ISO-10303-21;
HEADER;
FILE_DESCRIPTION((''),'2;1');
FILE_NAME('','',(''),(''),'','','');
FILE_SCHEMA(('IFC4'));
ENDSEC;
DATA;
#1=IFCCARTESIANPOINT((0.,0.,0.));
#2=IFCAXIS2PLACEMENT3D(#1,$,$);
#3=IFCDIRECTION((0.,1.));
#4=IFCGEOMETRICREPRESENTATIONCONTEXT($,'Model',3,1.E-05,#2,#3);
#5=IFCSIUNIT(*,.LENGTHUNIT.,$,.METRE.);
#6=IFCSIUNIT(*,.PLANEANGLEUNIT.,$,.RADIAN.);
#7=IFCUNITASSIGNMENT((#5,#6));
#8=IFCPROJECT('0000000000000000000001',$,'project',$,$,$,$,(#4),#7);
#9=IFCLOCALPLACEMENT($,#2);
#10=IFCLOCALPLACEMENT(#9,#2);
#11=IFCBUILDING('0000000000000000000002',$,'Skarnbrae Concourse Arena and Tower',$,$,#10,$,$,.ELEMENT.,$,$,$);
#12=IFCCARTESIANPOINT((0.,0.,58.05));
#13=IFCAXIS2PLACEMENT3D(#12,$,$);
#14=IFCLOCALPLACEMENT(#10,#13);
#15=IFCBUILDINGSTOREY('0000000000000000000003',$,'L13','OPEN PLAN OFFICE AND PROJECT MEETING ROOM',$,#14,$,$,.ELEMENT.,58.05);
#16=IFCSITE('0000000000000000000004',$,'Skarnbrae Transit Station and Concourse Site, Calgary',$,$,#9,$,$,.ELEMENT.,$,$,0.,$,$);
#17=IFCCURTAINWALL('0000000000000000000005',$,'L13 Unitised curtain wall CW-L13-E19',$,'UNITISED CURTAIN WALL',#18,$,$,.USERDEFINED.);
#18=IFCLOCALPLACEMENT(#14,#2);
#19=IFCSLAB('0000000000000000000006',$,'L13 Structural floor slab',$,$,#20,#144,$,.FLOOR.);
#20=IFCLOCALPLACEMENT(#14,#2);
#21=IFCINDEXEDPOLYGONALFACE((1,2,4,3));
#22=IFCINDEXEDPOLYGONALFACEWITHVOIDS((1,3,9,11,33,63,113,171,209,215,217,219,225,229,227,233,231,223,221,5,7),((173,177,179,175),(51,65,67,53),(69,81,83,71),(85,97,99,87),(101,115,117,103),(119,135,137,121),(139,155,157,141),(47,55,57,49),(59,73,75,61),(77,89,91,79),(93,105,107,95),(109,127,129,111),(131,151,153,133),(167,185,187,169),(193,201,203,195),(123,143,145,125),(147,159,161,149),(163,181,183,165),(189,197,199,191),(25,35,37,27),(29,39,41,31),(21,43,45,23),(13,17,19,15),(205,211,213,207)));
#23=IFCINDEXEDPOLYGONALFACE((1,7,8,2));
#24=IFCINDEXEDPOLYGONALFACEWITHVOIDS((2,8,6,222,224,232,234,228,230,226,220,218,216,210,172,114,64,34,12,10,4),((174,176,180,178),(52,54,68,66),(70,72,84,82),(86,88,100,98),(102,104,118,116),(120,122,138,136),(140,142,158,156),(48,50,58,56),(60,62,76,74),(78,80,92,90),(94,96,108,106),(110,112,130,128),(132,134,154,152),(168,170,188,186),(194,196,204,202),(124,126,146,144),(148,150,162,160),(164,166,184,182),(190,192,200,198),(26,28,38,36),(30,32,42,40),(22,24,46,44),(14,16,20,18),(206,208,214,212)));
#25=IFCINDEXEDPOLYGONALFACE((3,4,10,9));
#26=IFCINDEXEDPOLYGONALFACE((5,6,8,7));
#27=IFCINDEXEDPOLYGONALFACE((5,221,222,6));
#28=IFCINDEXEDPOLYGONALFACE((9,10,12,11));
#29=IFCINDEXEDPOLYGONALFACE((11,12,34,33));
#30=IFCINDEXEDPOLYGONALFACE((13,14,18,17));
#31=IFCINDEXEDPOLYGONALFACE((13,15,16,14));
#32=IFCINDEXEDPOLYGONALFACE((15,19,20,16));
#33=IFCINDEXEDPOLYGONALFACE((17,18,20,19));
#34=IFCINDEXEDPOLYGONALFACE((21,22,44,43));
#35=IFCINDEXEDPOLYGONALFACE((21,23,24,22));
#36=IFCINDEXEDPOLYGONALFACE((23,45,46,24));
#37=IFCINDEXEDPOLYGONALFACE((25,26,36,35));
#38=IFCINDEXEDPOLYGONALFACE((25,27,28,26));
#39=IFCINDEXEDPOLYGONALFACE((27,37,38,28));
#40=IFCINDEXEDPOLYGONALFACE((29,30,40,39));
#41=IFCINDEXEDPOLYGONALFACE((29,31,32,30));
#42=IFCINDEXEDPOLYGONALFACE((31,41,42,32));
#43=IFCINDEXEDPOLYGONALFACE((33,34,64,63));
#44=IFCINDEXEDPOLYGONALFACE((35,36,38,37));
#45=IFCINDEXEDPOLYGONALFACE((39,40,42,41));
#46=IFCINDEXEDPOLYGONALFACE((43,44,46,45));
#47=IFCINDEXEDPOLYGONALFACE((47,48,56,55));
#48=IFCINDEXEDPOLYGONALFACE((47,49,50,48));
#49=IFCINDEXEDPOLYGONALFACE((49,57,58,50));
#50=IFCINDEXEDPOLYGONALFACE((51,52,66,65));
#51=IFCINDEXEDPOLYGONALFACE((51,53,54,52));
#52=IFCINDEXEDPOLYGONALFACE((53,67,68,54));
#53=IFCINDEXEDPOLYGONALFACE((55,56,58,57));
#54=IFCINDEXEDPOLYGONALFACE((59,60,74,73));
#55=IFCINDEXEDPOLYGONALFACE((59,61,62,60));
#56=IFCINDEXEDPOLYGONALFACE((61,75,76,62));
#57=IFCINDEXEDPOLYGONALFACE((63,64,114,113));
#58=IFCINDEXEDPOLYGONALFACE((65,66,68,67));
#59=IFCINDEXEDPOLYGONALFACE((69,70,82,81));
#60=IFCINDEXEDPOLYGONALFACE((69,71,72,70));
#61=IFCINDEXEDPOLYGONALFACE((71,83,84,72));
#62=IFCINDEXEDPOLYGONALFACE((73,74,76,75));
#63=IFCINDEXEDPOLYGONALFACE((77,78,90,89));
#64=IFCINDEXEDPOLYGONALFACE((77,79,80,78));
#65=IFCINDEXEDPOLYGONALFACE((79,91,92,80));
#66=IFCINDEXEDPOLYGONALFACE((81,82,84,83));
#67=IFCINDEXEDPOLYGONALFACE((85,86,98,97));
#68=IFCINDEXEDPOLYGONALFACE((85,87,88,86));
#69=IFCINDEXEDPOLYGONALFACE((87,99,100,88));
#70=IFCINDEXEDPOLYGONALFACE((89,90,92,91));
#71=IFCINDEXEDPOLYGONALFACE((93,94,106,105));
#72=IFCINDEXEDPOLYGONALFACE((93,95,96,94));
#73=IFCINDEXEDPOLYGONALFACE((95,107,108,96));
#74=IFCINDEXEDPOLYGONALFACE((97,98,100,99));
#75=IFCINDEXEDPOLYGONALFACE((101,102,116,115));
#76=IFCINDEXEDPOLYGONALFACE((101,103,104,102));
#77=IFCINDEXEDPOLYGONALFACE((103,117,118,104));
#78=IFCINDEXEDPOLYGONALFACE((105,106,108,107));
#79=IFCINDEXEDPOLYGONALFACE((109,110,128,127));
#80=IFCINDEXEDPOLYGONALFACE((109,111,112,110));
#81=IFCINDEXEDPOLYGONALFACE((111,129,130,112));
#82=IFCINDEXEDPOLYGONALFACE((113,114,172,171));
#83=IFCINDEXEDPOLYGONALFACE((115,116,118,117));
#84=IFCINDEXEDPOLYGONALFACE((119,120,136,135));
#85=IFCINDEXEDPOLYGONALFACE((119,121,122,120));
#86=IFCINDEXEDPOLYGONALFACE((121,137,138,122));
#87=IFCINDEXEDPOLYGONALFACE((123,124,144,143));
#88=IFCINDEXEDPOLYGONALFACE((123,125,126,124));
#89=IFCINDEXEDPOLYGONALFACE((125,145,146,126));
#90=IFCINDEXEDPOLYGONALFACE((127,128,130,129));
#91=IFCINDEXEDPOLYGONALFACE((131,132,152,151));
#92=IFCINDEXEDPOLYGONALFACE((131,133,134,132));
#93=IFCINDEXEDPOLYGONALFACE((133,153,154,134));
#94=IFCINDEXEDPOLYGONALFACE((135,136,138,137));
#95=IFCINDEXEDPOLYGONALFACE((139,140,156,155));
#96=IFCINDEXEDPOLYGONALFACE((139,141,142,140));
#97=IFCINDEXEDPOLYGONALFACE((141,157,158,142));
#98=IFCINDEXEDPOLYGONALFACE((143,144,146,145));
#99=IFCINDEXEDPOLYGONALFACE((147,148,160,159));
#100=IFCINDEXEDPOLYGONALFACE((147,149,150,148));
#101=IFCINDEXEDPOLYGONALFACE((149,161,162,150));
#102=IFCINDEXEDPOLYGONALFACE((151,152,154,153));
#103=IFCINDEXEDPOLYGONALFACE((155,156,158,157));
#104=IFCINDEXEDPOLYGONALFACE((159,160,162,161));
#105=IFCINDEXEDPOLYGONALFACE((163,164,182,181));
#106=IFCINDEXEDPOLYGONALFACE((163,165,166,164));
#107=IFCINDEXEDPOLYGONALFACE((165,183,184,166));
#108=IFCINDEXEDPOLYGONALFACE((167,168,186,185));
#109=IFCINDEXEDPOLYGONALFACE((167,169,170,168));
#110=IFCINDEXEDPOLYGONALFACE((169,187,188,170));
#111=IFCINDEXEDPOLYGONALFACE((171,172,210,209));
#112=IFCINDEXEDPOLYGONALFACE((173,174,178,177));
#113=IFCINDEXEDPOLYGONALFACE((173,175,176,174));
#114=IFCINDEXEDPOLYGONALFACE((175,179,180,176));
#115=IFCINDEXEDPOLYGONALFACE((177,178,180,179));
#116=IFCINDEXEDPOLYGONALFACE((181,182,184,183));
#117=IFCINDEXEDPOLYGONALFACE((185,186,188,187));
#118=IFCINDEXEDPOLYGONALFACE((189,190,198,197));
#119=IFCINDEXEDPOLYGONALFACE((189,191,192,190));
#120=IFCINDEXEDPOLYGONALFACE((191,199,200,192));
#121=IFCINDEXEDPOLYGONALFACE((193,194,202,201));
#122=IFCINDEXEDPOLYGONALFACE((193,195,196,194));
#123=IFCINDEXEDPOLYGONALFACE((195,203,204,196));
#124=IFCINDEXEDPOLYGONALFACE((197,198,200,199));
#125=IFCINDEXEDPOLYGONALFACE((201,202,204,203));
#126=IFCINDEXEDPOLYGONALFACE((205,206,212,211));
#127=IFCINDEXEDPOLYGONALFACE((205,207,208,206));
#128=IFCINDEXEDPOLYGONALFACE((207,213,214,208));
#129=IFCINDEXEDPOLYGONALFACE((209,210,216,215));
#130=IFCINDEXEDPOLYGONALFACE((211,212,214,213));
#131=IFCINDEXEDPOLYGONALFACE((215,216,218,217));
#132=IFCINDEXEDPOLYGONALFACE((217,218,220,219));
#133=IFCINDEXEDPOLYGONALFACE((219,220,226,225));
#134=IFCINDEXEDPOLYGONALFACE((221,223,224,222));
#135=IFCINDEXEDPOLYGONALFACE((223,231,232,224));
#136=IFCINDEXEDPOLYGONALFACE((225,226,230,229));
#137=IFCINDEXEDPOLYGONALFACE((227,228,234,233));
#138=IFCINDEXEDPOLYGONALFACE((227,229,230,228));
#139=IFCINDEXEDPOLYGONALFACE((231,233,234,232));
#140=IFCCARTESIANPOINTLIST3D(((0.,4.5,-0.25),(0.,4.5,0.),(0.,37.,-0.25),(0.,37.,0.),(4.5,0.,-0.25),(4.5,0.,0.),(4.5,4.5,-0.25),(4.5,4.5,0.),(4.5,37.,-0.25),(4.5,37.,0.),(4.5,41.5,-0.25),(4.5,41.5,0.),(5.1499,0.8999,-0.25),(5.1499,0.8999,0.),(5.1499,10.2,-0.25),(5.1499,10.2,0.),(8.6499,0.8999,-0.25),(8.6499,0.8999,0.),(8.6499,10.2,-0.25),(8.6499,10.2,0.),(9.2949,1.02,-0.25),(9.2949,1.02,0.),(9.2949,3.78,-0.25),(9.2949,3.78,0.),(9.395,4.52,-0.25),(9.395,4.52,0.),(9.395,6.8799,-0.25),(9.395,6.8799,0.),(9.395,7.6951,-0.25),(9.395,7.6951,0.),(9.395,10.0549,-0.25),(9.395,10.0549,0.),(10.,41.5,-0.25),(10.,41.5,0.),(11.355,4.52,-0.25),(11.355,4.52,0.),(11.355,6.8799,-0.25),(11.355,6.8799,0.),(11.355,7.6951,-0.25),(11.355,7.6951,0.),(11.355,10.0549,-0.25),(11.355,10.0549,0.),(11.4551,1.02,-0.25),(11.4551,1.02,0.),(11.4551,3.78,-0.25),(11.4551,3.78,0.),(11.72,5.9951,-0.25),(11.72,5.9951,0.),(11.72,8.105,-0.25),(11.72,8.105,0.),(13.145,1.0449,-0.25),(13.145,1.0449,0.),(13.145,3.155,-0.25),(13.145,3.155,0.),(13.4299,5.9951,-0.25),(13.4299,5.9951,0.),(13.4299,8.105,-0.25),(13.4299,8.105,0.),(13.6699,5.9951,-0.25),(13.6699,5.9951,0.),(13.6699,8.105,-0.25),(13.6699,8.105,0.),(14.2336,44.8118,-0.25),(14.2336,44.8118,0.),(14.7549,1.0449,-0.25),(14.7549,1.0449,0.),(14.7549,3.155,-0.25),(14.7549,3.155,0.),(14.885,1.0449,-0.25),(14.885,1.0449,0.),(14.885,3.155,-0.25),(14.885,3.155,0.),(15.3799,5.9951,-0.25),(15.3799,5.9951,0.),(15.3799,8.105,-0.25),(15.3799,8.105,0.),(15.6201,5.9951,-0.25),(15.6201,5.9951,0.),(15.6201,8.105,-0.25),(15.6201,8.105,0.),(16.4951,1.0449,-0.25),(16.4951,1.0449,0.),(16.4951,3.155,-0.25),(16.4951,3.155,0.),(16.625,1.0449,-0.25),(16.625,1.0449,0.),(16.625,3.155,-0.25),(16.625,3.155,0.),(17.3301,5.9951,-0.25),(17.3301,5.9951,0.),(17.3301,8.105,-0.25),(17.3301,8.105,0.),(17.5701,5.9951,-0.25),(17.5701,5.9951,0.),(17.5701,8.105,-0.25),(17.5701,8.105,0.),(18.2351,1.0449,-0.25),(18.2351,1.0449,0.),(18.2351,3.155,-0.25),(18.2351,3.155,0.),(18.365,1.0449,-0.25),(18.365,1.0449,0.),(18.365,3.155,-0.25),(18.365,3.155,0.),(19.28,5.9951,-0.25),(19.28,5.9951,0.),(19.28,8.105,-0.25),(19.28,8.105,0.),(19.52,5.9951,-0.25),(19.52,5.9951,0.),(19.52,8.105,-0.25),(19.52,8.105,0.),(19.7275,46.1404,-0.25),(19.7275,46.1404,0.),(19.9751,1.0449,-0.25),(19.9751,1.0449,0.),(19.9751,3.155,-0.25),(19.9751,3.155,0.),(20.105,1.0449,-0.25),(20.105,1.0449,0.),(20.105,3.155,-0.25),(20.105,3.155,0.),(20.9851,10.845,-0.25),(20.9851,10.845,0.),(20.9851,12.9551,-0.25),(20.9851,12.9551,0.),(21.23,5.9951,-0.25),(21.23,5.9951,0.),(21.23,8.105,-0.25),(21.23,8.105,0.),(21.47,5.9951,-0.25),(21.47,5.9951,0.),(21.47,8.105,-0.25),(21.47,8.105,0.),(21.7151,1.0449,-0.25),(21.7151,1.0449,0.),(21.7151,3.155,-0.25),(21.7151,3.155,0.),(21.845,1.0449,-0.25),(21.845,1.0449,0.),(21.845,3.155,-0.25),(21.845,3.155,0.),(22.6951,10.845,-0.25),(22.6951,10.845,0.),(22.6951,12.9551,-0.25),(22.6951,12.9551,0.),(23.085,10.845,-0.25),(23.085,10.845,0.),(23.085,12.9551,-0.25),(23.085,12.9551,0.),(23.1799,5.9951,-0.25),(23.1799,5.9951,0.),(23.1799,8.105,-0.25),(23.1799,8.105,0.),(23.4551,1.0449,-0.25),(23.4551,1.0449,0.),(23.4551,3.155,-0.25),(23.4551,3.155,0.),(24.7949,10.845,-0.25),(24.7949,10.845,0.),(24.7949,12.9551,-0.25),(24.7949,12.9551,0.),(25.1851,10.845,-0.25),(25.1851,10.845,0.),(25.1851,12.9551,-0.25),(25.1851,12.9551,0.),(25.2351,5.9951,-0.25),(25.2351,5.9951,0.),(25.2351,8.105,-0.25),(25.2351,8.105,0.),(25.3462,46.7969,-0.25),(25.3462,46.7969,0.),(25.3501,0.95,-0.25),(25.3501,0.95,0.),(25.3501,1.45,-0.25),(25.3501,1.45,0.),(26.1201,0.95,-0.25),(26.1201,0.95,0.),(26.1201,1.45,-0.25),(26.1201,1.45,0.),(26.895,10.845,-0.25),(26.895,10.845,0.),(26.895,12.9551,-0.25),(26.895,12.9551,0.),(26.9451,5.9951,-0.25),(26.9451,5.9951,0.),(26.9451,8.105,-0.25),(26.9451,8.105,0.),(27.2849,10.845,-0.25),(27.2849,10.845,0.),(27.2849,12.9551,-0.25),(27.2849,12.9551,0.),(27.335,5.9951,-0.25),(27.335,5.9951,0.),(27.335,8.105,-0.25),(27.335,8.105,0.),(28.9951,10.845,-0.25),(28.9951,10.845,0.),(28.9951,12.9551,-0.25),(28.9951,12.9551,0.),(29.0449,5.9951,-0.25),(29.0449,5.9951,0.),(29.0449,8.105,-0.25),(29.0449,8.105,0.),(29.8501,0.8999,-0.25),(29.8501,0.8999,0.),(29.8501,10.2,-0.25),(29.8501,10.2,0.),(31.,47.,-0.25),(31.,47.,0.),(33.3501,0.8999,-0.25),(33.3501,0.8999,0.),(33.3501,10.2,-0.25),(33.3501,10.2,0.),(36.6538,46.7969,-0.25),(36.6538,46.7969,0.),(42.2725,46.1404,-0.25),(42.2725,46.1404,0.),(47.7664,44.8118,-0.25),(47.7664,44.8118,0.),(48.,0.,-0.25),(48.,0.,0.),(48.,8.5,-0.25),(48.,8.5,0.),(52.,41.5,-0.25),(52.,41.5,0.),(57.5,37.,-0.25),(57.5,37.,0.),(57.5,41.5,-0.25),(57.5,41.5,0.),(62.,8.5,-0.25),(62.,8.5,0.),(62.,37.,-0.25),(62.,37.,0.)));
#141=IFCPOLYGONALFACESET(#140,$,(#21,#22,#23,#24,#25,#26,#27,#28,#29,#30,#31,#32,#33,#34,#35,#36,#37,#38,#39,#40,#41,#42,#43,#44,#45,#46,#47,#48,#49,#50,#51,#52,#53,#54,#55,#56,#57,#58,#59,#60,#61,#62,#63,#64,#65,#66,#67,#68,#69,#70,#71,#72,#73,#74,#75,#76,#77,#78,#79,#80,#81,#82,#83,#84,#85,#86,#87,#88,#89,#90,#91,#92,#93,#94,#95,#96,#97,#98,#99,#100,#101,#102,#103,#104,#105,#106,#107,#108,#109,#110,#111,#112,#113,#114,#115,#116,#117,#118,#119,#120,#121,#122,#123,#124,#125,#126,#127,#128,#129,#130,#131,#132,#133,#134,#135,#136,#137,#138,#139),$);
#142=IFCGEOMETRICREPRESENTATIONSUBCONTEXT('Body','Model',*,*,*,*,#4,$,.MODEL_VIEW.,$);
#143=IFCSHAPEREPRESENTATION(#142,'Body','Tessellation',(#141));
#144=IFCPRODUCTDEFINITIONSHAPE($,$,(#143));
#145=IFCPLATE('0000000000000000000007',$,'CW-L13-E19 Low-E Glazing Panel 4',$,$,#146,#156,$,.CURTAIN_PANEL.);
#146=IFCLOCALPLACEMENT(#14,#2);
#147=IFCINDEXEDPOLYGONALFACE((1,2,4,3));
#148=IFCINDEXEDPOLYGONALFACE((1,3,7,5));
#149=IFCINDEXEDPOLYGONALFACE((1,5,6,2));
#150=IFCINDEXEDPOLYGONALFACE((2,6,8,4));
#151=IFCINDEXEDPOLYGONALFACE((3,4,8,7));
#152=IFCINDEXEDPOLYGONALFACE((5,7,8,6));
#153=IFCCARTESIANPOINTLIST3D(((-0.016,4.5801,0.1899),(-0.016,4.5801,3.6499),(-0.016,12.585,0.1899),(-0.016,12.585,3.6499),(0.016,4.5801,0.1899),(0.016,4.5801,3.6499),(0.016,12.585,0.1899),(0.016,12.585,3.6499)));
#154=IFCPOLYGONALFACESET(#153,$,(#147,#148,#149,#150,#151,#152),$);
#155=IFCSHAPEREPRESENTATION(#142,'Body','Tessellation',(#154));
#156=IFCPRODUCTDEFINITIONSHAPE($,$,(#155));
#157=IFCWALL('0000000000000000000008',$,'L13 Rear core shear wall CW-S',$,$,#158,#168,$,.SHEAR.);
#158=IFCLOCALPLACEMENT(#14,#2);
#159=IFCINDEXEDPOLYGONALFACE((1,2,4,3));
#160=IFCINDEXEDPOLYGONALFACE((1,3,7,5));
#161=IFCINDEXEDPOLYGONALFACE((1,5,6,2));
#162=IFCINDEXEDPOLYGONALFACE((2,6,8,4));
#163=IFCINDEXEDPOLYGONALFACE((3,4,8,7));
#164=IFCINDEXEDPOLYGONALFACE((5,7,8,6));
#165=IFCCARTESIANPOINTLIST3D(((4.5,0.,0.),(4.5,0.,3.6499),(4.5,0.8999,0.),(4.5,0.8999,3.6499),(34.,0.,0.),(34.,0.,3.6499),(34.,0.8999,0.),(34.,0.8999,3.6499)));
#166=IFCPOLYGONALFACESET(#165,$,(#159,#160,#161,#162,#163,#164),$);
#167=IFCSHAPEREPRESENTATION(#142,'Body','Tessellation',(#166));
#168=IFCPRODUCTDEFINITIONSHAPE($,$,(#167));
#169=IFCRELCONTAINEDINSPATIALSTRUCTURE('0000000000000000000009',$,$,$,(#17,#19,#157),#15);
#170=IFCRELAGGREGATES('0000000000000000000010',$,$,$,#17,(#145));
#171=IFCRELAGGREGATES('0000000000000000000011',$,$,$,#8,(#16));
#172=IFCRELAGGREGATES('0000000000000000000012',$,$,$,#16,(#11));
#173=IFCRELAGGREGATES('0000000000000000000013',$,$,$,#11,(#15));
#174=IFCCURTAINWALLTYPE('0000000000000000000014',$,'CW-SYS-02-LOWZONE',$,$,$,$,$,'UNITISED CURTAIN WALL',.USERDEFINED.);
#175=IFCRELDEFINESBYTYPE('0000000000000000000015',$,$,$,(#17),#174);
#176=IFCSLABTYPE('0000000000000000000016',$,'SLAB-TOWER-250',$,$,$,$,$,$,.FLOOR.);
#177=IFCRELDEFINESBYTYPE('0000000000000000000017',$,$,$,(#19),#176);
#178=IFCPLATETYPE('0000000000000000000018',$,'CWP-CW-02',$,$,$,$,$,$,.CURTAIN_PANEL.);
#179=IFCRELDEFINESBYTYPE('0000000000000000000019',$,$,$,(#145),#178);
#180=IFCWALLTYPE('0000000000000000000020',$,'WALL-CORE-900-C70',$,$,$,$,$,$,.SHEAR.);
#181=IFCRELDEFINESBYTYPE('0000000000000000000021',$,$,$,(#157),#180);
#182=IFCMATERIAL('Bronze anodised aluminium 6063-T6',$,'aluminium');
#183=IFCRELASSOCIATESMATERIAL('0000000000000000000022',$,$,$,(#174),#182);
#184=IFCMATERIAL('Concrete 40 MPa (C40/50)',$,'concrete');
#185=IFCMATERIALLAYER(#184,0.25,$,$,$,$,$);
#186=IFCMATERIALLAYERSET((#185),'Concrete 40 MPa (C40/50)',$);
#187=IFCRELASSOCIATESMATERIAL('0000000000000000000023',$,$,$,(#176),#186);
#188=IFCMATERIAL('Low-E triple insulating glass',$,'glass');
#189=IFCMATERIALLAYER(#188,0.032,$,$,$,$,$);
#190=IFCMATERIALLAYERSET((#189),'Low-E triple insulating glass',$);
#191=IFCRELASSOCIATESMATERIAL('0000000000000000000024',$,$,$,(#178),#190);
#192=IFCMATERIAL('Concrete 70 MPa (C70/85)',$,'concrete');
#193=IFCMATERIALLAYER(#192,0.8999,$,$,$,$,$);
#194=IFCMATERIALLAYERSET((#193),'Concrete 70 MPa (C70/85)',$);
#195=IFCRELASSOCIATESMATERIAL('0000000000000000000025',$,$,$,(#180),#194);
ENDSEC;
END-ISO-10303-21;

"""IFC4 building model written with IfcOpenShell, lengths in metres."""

from ifc_helpers import new_model, si_unit, direction, frame, frame_2d, origin, origin_2d, place, context, subcontext, project, spatial, polyline, rectangle, outline, extrude, source, transform, mapped, material, layer, layer_set, type_object, element, aggregate, save


model = new_model("IFC4")

# Units and contexts
model_context = context("Model", 3, precision=1e-05, world=origin(), true_north=direction((0.0, 1.0)))
body_context = subcontext(model_context, "Body", "Model", "MODEL_VIEW")
ifc_project = project(units=[si_unit("LENGTHUNIT", "METRE"), si_unit("PLANEANGLEUNIT", "RADIAN")], contexts=[model_context])

# Site, building, storey
site_placement = place(None, origin())
site = spatial("IfcSite", under=ifc_project, at=site_placement, Name="Skarnbrae Transit Station and Concourse Site, Calgary", CompositionType="ELEMENT", RefElevation=0.0)
building_placement = place(site_placement, origin())
building = spatial("IfcBuilding", under=site, at=building_placement, Name="Skarnbrae Concourse Arena and Tower", CompositionType="ELEMENT")
storey_placement = place(building_placement, frame((0.0, 0.0, 58.05)))
storey = spatial("IfcBuildingStorey", under=building, at=storey_placement, Name="L13", Description="OPEN PLAN OFFICE AND PROJECT MEETING ROOM", CompositionType="ELEMENT", Elevation=58.05)

# Curtain wall
ifc_material_1 = material(Name="Bronze anodised aluminium 6063-T6", Category="aluminium")
curtain_wall_type = type_object("IfcCurtainWallType", Name="CW-SYS-02-LOWZONE", ElementType="UNITISED CURTAIN WALL", PredefinedType="USERDEFINED", material=ifc_material_1)
curtain_wall_placement = place(storey_placement, origin())
curtain_wall = element("IfcCurtainWall", 1, at=curtain_wall_placement, inside=storey, type_object=curtain_wall_type, Name="L13 Unitised curtain wall CW-L13-E19", ObjectType="UNITISED CURTAIN WALL", PredefinedType="USERDEFINED")

# Shared definitions
ifc_material_2 = material(Name="Concrete 40 MPa (C40/50)", Category="concrete")

# Slab
ifc_layer_1 = layer(ifc_material_2, 0.25)
ifc_layer_set_1 = layer_set([ifc_layer_1], Name="Concrete 40 MPa (C40/50)")
slab_type_1 = type_object("IfcSlabType", Name="SLAB-TOWER-250", PredefinedType="FLOOR", material=ifc_layer_set_1)
slab_1_placement = place(storey_placement, frame((0.0, 0.0, -0.25)))
element("IfcSlab", 2, at=slab_1_placement, inside=storey, type_object=slab_type_1, Name="L13 Structural floor slab", PredefinedType="FLOOR", context=body_context, shape_type="SweptSolid", body=[
    extrude(outline(polyline([(4.5, 0.0), (48.0, 0.0), (48.0, 8.5), (62.0, 8.5), (62.0, 37.0), (57.5, 37.0), (57.5, 41.5), (52.0, 41.5), (47.7664, 44.8118), (42.2725, 46.1404), (36.6538, 46.7969), (31.0, 47.0), (25.3462, 46.7969), (19.7275, 46.1404), (14.2336, 44.8118), (10.0, 41.5), (4.5, 41.5), (4.5, 37.0), (0.0, 37.0), (0.0, 4.5), (4.5, 4.5), (4.5, 0.0)]), holes=[polyline([(13.145, 3.155), (14.7549, 3.155), (14.7549, 1.0449), (13.145, 1.0449), (13.145, 3.155)]), polyline([(16.4951, 3.155), (16.4951, 1.0449), (14.885, 1.0449), (14.885, 3.155), (16.4951, 3.155)]), polyline([(18.2351, 3.155), (18.2351, 1.0449), (16.625, 1.0449), (16.625, 3.155), (18.2351, 3.155)]), polyline([(18.365, 3.155), (19.9751, 3.155), (19.9751, 1.0449), (18.365, 1.0449), (18.365, 3.155)]), polyline([(11.4551, 3.78), (11.4551, 1.02), (9.2949, 1.02), (9.2949, 3.78), (11.4551, 3.78)]), polyline([(8.6499, 0.8999), (5.1499, 0.8999), (5.1499, 10.2), (8.6499, 10.2), (8.6499, 0.8999)]), polyline([(9.395, 6.8799), (11.355, 6.8799), (11.355, 4.52), (9.395, 4.52), (9.395, 6.8799)]), polyline([(13.4299, 8.105), (13.4299, 5.9951), (11.72, 5.9951), (11.72, 8.105), (13.4299, 8.105)]), polyline([(15.3799, 8.105), (15.3799, 5.9951), (13.6699, 5.9951), (13.6699, 8.105), (15.3799, 8.105)]), polyline([(15.6201, 8.105), (17.3301, 8.105), (17.3301, 5.9951), (15.6201, 5.9951), (15.6201, 8.105)]), polyline([(19.28, 8.105), (19.28, 5.9951), (17.5701, 5.9951), (17.5701, 8.105), (19.28, 8.105)]), polyline([(11.355, 10.0549), (11.355, 7.6951), (9.395, 7.6951), (9.395, 10.0549), (11.355, 10.0549)]), polyline([(25.3501, 1.45), (26.1201, 1.45), (26.1201, 0.95), (25.3501, 0.95), (25.3501, 1.45)]), polyline([(21.7151, 3.155), (21.7151, 1.0449), (20.105, 1.0449), (20.105, 3.155), (21.7151, 3.155)]), polyline([(23.4551, 3.155), (23.4551, 1.0449), (21.845, 1.0449), (21.845, 3.155), (23.4551, 3.155)]), polyline([(33.3501, 10.2), (33.3501, 0.8999), (29.8501, 0.8999), (29.8501, 10.2), (33.3501, 10.2)]), polyline([(21.23, 8.105), (21.23, 5.9951), (19.52, 5.9951), (19.52, 8.105), (21.23, 8.105)]), polyline([(23.1799, 8.105), (23.1799, 5.9951), (21.47, 5.9951), (21.47, 8.105), (23.1799, 8.105)]), polyline([(25.2351, 8.105), (26.9451, 8.105), (26.9451, 5.9951), (25.2351, 5.9951), (25.2351, 8.105)]), polyline([(29.0449, 8.105), (29.0449, 5.9951), (27.335, 5.9951), (27.335, 8.105), (29.0449, 8.105)]), polyline([(22.6951, 12.9551), (22.6951, 10.845), (20.9851, 10.845), (20.9851, 12.9551), (22.6951, 12.9551)]), polyline([(23.085, 12.9551), (24.7949, 12.9551), (24.7949, 10.845), (23.085, 10.845), (23.085, 12.9551)]), polyline([(26.895, 12.9551), (26.895, 10.845), (25.1851, 10.845), (25.1851, 12.9551), (26.895, 12.9551)]), polyline([(28.9951, 12.9551), (28.9951, 10.845), (27.2849, 10.845), (27.2849, 12.9551), (28.9951, 12.9551)])]), origin(), (0.0, 0.0, 1.0), 0.25),
])

# Plate
ifc_material_3 = material(Name="Low-E triple insulating glass", Category="glass")
ifc_layer_2 = layer(ifc_material_3, 0.032)
ifc_layer_set_2 = layer_set([ifc_layer_2], Name="Low-E triple insulating glass")
plate_type = type_object("IfcPlateType", Name="CWP-CW-02", PredefinedType="CURTAIN_PANEL", material=ifc_layer_set_2)
shared_shape_1 = source(origin(), body_context, "Body", "SweptSolid", [
    extrude(rectangle(XDim=8.0049, YDim=0.032, at=origin_2d()), origin(), (0.0, 0.0, 1.0), 3.46),
])
plate_placement = place(storey_placement, frame((0.0, 8.5825, 0.1899), z_axis=(0.0, 0.0, 1.0), x_axis=(0.0, -1.0, 0.0)))
plate = element("IfcPlate", 3, at=plate_placement, type_object=plate_type, Name="CW-L13-E19 Low-E Glazing Panel 4", PredefinedType="CURTAIN_PANEL", context=body_context, shape_type="MappedRepresentation", body=[
    mapped(shared_shape_1, transform((0.0, 0.0, 0.0))),
])
aggregate(curtain_wall, [plate])

# Wall
ifc_material_4 = material(Name="Concrete 70 MPa (C70/85)", Category="concrete")
ifc_layer_3 = layer(ifc_material_4, 0.8999)
ifc_layer_set_3 = layer_set([ifc_layer_3], Name="Concrete 70 MPa (C70/85)")
wall_type_1 = type_object("IfcWallType", Name="WALL-CORE-900-C70", PredefinedType="SHEAR", material=ifc_layer_set_3)
shared_shape_2 = source(origin(), body_context, "Body", "SweptSolid", [
    extrude(rectangle(XDim=29.5, YDim=0.8999, at=frame_2d((14.75, 0.0))), origin(), (0.0, 0.0, 1.0), 3.6499),
])
wall_1_placement = place(storey_placement, frame((4.5, 0.45, 0.0), z_axis=(0.0, 0.0, 1.0), x_axis=(1.0, 0.0, 0.0)))
element("IfcWall", 4, at=wall_1_placement, inside=storey, type_object=wall_type_1, Name="L13 Rear core shear wall CW-S", PredefinedType="SHEAR", context=body_context, shape_type="MappedRepresentation", body=[
    mapped(shared_shape_2, transform((0.0, 0.0, 0.0))),
])

save(model, "model.ifc")
